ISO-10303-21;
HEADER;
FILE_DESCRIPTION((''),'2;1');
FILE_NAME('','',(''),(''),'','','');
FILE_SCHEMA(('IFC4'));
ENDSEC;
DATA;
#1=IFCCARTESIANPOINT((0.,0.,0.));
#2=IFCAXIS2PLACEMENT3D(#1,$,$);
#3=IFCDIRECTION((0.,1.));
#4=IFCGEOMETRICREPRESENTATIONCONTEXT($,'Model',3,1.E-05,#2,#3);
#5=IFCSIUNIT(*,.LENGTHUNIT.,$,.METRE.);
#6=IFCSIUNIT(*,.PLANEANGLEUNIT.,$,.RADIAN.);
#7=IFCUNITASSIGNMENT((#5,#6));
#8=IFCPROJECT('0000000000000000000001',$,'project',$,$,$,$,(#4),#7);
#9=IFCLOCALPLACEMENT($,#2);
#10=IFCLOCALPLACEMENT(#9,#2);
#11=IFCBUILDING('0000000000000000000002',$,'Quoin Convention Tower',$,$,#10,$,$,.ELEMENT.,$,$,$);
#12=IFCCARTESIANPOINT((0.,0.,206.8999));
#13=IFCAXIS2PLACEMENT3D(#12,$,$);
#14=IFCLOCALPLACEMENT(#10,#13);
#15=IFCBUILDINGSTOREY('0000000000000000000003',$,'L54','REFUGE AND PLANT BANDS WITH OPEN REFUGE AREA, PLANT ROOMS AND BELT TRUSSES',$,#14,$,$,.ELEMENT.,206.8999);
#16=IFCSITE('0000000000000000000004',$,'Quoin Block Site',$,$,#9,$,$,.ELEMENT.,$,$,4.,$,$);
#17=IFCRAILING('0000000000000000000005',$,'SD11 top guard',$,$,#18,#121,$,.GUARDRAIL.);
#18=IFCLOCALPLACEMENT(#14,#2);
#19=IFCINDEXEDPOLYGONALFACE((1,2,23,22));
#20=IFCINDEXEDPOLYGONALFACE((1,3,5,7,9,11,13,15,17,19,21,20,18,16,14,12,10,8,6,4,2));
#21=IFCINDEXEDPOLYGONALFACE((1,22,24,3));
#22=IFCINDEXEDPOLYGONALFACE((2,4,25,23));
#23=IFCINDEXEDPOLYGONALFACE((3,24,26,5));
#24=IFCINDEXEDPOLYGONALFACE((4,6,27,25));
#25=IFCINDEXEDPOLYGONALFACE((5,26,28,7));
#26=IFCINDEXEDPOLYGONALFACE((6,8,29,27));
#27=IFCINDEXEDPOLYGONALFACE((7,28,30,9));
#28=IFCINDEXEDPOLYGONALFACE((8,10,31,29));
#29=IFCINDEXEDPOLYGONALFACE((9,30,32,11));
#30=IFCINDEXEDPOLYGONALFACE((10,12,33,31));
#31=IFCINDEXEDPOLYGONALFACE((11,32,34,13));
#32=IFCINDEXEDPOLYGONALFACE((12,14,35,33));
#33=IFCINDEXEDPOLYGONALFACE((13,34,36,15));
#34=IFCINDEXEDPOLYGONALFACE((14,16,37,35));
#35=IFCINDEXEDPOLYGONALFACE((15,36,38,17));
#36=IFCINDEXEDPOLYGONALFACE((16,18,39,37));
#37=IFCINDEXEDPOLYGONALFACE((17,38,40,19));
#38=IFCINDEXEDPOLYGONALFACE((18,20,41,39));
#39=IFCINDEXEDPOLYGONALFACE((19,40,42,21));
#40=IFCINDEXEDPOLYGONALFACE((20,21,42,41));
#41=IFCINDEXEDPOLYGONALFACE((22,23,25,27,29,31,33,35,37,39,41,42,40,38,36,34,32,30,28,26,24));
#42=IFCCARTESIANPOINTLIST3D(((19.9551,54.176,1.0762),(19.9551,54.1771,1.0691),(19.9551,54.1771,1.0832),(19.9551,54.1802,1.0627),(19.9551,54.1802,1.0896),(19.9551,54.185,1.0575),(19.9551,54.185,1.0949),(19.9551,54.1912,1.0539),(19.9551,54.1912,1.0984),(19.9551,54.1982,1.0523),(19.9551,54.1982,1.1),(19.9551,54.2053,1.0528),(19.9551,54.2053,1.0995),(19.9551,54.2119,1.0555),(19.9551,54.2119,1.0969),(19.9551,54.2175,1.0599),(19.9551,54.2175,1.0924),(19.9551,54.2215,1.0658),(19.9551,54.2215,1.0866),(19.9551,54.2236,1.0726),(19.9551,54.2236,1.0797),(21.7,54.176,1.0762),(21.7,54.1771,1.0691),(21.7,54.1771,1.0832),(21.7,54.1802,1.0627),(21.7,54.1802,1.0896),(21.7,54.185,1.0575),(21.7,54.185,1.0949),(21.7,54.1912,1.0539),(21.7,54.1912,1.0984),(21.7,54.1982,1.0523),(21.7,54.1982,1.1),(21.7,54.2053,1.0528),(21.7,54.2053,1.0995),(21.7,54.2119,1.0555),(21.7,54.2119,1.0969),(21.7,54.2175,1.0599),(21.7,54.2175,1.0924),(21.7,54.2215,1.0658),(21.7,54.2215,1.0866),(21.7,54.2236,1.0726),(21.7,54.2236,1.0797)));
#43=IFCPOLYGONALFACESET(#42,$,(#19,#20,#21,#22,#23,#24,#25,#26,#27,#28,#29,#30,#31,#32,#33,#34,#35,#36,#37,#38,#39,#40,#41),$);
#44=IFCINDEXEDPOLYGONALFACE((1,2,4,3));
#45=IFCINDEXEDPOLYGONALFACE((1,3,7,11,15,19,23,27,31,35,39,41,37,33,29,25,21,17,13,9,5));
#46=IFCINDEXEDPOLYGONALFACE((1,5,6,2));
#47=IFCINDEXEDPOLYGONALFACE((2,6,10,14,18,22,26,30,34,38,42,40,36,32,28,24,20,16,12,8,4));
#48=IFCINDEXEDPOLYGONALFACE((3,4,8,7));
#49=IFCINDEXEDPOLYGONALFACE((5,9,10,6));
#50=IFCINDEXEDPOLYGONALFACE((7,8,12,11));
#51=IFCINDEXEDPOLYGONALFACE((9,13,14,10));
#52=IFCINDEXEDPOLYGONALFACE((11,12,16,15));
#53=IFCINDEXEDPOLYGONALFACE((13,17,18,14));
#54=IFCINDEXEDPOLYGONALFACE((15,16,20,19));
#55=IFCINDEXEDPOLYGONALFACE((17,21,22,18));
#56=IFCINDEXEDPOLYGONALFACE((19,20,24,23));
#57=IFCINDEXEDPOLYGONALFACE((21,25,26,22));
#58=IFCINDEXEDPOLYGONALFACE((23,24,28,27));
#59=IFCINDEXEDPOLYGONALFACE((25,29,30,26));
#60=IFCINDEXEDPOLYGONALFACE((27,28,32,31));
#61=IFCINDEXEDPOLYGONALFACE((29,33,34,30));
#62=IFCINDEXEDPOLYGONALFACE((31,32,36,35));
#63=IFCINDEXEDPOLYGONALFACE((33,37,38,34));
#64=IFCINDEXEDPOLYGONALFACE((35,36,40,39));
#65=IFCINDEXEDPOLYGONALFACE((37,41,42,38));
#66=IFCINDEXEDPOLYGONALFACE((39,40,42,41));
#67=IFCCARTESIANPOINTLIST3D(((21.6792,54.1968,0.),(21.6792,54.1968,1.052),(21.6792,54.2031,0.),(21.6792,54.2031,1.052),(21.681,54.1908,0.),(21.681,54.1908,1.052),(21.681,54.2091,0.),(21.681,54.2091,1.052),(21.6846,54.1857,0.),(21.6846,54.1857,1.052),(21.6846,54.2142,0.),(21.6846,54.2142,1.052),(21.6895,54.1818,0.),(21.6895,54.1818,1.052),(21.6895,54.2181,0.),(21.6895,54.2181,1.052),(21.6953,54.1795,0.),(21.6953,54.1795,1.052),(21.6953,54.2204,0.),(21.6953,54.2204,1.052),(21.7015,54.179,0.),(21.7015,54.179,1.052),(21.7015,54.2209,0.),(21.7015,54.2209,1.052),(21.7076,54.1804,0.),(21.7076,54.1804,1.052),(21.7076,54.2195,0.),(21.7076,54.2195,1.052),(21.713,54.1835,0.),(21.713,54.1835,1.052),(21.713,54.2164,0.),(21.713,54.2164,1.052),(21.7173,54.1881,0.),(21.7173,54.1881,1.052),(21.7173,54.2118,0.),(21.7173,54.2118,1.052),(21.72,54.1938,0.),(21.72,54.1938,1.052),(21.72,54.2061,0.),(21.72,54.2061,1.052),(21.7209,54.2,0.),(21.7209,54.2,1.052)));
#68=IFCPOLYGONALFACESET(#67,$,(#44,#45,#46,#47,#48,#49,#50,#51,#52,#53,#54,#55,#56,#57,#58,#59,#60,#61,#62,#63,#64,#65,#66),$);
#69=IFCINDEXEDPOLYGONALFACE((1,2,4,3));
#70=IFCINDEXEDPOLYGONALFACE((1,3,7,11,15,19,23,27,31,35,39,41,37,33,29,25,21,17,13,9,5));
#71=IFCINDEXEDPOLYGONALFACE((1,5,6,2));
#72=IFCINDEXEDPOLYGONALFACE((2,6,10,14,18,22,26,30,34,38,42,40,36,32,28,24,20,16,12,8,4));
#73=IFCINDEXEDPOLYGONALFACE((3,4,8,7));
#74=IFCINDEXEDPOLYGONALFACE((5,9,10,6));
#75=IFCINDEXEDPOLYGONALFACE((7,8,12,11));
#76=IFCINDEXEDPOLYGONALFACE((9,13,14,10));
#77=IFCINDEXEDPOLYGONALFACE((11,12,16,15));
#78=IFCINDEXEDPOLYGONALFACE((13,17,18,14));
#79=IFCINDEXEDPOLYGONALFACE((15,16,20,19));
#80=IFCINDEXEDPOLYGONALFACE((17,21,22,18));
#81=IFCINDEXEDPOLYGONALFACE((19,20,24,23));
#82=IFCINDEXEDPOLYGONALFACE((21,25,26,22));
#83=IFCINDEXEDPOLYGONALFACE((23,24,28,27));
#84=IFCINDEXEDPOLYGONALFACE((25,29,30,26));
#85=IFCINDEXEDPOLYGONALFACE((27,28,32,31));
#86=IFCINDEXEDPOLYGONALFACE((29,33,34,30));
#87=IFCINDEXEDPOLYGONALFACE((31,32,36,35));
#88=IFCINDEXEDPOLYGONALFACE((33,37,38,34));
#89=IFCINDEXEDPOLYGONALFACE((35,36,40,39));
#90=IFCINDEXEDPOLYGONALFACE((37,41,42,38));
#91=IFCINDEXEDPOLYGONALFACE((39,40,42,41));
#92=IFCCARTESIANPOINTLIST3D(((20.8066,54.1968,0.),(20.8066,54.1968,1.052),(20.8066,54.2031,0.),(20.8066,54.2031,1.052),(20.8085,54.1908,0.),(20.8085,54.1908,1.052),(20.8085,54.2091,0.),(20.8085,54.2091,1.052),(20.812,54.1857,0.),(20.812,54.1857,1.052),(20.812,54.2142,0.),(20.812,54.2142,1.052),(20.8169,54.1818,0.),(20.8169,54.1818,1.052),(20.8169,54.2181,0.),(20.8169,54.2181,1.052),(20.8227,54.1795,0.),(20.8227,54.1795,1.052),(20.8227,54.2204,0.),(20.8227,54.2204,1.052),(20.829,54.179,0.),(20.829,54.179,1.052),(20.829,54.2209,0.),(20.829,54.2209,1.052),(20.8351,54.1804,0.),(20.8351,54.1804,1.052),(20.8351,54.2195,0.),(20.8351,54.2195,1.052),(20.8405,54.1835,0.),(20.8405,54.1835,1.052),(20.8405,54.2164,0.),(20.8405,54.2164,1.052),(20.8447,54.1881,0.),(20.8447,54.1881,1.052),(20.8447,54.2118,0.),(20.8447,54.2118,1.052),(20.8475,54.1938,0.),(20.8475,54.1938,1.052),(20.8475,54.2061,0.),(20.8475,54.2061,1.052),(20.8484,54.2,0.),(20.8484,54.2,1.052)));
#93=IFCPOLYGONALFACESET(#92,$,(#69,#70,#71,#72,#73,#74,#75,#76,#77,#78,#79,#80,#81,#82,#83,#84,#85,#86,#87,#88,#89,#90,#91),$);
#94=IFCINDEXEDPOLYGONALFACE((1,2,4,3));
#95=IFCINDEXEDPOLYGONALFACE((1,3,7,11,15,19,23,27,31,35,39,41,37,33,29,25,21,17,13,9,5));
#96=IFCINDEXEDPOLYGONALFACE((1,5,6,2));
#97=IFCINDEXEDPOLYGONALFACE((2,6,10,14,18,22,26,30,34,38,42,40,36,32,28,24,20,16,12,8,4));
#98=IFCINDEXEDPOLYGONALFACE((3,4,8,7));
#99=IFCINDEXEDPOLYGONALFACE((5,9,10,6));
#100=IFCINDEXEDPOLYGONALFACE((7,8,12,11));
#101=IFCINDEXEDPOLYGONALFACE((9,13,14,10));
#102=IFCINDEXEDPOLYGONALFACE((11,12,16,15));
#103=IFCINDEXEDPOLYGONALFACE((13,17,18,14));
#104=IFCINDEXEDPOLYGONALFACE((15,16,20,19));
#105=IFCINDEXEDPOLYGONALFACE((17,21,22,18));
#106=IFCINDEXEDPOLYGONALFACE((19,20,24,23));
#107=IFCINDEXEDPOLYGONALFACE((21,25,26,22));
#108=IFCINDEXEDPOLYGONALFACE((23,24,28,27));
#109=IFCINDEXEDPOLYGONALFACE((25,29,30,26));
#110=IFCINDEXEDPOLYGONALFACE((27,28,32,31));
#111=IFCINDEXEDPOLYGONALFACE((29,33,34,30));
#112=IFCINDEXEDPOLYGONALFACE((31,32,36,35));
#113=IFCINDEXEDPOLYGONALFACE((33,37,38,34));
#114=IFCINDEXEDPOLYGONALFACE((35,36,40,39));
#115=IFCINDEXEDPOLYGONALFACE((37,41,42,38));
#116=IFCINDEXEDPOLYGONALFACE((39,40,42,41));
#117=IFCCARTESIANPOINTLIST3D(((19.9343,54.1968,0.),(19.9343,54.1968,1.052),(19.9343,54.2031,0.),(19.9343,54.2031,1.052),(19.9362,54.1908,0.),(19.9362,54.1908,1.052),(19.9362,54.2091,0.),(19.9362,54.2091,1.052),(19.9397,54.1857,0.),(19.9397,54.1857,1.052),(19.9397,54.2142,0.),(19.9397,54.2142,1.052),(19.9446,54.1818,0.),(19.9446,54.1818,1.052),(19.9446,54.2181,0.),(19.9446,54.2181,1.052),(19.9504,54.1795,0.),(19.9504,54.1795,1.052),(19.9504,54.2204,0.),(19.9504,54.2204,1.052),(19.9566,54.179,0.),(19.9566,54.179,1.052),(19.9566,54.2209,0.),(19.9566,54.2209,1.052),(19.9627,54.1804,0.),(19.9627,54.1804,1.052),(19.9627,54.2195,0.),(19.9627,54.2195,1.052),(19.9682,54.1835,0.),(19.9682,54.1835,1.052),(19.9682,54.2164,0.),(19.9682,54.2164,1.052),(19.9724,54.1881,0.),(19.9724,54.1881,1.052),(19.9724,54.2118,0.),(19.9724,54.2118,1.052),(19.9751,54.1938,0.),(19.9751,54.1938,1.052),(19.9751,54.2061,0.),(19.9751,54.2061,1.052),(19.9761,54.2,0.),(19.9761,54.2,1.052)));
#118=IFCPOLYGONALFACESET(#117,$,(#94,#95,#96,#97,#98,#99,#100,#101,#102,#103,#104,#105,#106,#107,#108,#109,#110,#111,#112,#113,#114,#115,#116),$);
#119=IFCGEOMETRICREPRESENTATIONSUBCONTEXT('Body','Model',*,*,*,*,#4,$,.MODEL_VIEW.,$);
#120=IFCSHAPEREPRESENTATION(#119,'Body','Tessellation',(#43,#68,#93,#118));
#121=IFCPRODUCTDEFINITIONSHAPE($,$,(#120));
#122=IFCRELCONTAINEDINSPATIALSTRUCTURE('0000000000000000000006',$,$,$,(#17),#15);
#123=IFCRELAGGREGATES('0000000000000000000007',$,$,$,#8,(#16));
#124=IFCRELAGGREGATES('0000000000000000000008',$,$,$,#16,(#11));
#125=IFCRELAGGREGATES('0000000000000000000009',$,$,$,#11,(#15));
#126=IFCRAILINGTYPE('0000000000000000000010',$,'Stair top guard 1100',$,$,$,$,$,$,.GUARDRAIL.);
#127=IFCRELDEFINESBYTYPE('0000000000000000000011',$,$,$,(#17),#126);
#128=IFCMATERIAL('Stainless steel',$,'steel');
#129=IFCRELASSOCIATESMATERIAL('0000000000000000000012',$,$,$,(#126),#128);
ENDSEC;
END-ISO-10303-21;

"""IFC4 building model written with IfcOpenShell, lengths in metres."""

from ifc_helpers import new_model, si_unit, direction, frame, origin, origin_2d, place, context, subcontext, project, spatial, circle, extrude, material, type_object, element, save


model = new_model("IFC4")

# Units and contexts
model_context = context("Model", 3, precision=1e-05, world=origin(), true_north=direction((0.0, 1.0)))
body_context = subcontext(model_context, "Body", "Model", "MODEL_VIEW")
ifc_project = project(units=[si_unit("LENGTHUNIT", "METRE"), si_unit("PLANEANGLEUNIT", "RADIAN")], contexts=[model_context])

# Site, building, storey
site_placement = place(None, origin())
site = spatial("IfcSite", under=ifc_project, at=site_placement, Name="Quoin Block Site", CompositionType="ELEMENT", RefElevation=4.0)
building_placement = place(site_placement, origin())
building = spatial("IfcBuilding", under=site, at=building_placement, Name="Quoin Convention Tower", CompositionType="ELEMENT")
storey_placement = place(building_placement, frame((0.0, 0.0, 206.8999)))
storey = spatial("IfcBuildingStorey", under=building, at=storey_placement, Name="L54", Description="REFUGE AND PLANT BANDS WITH OPEN REFUGE AREA, PLANT ROOMS AND BELT TRUSSES", CompositionType="ELEMENT", Elevation=206.8999)

# Railing
ifc_material_1 = material(Name="Stainless steel", Category="steel")
railing_type_1 = type_object("IfcRailingType", Name="Stair top guard 1100", PredefinedType="GUARDRAIL", material=ifc_material_1)
railing_1_placement = place(storey_placement, frame((21.7, 54.2, 0.0)))
element("IfcRailing", 1, at=railing_1_placement, inside=storey, type_object=railing_type_1, Name="SD11 top guard", PredefinedType="GUARDRAIL", context=body_context, shape_type="SweptSolid", body=[
    extrude(circle(Radius=0.0239, at=origin_2d()), frame((0.0, 0.0, 1.0762), z_axis=(-1.0, 0.0, 0.0), x_axis=(0.0, -1.0, 0.0)), (0.0, 0.0, 1.0), 1.7449),
    extrude(circle(Radius=0.021, at=origin_2d()), origin(), (0.0, 0.0, 1.0), 1.052),
    extrude(circle(Radius=0.021, at=origin_2d()), frame((-0.8726, 0.0, 0.0)), (0.0, 0.0, 1.0), 1.052),
    extrude(circle(Radius=0.021, at=origin_2d()), frame((-1.7449, 0.0, 0.0)), (0.0, 0.0, 1.0), 1.052),
])

save(model, "model.ifc")
